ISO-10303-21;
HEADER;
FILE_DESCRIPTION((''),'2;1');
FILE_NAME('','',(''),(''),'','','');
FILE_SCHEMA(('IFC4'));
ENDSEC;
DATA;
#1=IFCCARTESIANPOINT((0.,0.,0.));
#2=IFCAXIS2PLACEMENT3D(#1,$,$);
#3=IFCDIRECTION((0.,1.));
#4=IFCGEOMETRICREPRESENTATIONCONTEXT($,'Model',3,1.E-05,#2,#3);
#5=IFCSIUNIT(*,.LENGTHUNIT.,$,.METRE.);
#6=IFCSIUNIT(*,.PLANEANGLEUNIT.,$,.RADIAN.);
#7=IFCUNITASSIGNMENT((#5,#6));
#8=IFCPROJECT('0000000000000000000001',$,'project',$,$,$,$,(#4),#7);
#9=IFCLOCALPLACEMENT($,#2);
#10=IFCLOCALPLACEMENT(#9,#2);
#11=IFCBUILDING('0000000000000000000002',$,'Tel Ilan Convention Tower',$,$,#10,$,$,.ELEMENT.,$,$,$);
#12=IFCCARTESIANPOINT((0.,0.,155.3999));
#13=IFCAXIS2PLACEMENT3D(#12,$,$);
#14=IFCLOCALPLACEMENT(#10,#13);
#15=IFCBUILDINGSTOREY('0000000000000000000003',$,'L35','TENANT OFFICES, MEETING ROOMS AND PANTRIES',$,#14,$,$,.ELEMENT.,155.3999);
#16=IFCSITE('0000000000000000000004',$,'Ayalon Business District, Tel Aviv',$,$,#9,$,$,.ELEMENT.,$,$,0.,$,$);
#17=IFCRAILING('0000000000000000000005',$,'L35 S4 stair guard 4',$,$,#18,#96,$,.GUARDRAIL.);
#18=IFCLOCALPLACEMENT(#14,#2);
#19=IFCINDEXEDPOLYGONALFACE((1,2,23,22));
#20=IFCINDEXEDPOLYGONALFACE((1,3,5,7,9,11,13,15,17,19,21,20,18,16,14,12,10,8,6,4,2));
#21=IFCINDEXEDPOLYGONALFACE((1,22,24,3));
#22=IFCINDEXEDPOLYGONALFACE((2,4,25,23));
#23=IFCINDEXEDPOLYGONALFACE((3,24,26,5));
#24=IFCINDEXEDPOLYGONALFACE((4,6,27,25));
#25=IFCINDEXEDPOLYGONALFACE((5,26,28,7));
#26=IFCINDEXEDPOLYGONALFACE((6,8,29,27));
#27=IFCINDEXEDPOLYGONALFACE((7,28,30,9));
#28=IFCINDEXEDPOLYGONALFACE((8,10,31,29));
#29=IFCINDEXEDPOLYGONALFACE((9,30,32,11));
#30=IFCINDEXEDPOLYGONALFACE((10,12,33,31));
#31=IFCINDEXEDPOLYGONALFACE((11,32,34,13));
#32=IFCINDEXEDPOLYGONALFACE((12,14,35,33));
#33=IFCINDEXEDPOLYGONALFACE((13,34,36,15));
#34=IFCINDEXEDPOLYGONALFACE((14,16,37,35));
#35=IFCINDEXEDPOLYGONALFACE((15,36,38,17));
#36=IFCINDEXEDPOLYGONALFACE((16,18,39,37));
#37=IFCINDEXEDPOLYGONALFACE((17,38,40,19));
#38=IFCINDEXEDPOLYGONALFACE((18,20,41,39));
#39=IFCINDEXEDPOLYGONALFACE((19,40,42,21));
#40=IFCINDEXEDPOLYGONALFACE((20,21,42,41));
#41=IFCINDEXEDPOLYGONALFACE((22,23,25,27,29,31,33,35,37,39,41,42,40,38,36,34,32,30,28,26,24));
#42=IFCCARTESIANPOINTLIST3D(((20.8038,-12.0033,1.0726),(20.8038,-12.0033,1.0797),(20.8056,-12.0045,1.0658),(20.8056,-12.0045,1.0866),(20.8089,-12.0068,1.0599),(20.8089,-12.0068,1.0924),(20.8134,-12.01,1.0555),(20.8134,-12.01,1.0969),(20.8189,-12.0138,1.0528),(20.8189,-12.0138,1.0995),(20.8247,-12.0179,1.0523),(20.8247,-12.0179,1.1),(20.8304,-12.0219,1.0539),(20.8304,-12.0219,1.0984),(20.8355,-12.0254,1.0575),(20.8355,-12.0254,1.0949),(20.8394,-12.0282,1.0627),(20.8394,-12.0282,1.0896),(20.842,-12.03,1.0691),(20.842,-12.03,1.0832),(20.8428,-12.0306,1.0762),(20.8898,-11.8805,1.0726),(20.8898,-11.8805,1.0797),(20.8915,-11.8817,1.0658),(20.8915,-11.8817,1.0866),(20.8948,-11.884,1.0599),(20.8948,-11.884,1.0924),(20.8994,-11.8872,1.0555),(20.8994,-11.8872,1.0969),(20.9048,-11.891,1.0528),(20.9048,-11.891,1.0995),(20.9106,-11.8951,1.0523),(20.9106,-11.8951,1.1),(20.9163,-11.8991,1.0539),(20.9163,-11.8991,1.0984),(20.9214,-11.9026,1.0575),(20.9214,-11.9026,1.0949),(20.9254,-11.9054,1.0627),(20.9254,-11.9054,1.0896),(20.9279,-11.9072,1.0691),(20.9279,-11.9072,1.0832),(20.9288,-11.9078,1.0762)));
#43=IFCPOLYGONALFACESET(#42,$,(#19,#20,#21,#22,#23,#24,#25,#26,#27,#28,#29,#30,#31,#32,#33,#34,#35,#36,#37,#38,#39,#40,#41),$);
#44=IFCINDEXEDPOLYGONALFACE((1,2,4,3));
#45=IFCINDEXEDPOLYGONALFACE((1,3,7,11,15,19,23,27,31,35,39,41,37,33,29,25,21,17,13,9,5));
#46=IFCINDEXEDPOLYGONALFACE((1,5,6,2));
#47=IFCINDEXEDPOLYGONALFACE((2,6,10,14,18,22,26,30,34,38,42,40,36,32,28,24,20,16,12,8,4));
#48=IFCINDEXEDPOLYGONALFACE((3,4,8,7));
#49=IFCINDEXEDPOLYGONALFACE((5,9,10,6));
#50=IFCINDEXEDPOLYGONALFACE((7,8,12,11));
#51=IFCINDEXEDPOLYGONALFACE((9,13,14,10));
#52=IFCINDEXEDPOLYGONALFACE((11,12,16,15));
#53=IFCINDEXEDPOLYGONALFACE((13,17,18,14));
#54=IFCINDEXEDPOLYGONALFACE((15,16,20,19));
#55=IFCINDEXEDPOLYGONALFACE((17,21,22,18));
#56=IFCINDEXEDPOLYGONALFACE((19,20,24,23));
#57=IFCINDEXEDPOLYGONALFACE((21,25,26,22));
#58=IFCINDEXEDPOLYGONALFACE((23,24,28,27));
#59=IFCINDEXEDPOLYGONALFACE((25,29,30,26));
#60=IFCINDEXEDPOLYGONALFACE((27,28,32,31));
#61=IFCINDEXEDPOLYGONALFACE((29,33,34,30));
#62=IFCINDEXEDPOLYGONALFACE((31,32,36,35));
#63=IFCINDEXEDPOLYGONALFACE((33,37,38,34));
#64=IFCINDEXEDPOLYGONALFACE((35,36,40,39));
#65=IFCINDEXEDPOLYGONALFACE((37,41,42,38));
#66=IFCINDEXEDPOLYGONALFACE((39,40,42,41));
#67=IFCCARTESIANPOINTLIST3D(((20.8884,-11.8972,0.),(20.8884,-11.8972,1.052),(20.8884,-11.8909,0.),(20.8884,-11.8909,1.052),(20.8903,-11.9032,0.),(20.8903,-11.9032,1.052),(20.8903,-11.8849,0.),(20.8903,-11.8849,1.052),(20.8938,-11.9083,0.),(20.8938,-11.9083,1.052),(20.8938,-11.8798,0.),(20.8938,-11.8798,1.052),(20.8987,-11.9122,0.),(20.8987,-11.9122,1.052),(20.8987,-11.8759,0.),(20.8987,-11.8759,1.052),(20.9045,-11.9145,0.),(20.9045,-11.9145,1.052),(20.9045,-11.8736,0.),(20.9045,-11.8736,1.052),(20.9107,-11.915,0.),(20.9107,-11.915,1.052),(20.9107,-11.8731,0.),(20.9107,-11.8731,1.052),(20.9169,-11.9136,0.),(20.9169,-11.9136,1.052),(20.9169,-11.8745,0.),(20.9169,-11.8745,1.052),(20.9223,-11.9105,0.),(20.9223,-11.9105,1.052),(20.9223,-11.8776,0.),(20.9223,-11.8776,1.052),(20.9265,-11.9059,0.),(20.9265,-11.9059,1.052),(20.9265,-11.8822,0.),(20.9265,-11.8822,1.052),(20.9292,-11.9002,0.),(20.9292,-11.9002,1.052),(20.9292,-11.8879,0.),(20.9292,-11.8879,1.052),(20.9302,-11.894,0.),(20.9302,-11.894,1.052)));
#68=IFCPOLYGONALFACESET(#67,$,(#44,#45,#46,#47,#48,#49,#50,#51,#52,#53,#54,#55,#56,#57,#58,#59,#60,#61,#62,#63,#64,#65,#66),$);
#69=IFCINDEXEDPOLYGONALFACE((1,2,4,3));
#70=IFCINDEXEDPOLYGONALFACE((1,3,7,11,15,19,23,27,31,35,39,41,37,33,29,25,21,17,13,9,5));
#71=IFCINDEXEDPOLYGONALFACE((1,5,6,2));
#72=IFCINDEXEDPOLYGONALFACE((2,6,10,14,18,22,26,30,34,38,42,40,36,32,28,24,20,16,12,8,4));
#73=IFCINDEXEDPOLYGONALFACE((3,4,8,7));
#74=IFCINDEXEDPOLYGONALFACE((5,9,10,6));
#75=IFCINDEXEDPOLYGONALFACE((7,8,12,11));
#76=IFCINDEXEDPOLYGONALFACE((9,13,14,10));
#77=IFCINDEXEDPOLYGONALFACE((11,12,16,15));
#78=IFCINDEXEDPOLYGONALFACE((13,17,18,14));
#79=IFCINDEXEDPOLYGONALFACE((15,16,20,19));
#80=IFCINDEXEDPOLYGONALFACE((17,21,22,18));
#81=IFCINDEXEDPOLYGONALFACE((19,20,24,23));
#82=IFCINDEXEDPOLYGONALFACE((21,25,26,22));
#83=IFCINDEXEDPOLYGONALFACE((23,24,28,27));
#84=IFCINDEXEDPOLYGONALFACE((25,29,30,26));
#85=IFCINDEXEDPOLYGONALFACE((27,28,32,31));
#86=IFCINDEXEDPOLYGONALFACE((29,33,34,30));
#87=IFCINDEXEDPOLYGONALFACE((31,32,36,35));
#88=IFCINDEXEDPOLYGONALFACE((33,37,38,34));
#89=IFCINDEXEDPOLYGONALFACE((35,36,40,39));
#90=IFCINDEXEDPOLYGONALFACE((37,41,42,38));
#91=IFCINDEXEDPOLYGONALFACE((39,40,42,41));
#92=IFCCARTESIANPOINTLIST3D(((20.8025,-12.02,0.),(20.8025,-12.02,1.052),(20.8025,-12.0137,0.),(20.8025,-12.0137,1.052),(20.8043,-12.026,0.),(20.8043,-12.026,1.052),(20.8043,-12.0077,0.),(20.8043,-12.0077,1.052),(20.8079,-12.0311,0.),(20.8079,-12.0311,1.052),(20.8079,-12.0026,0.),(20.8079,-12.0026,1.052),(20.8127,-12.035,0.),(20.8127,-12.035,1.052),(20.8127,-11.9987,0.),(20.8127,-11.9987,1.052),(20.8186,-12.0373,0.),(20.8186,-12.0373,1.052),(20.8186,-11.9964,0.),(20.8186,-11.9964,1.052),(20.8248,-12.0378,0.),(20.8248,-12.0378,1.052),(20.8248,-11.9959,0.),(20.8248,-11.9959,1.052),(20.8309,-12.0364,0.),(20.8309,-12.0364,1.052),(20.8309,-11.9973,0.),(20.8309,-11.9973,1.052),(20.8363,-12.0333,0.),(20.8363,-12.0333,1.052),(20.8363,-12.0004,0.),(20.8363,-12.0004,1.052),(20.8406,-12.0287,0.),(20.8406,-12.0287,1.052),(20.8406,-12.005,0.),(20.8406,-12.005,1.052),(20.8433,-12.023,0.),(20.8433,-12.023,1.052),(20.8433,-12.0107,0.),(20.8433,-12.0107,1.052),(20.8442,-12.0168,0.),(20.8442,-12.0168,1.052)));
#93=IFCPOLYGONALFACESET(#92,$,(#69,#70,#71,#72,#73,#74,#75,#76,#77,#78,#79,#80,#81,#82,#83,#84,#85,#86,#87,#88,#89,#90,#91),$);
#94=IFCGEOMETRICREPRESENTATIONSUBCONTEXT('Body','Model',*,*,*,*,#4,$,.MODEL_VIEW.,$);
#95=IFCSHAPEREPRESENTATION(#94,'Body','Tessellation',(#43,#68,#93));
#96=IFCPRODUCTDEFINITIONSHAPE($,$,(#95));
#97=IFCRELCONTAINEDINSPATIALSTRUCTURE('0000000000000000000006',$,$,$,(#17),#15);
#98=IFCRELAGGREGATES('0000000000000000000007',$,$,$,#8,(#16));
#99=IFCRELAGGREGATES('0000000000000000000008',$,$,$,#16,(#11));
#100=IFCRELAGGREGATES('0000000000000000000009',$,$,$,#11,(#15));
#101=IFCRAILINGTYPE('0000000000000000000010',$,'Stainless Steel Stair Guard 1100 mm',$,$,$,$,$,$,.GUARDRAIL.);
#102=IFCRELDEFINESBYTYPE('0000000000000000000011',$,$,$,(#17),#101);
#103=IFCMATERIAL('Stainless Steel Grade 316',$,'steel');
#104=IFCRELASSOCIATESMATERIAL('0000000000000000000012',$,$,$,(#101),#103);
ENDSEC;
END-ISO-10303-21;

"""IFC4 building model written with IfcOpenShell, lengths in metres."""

from ifc_helpers import new_model, si_unit, direction, frame, origin, origin_2d, place, context, subcontext, project, spatial, circle, extrude, material, type_object, element, save


model = new_model("IFC4")

# Units and contexts
model_context = context("Model", 3, precision=1e-05, world=origin(), true_north=direction((0.0, 1.0)))
body_context = subcontext(model_context, "Body", "Model", "MODEL_VIEW")
ifc_project = project(units=[si_unit("LENGTHUNIT", "METRE"), si_unit("PLANEANGLEUNIT", "RADIAN")], contexts=[model_context])

# Site, building, storey
site_placement = place(None, origin())
site = spatial("IfcSite", under=ifc_project, at=site_placement, Name="Ayalon Business District, Tel Aviv", CompositionType="ELEMENT", RefElevation=0.0)
building_placement = place(site_placement, origin())
building = spatial("IfcBuilding", under=site, at=building_placement, Name="Tel Ilan Convention Tower", CompositionType="ELEMENT")
storey_placement = place(building_placement, frame((0.0, 0.0, 155.3999)))
storey = spatial("IfcBuildingStorey", under=building, at=storey_placement, Name="L35", Description="TENANT OFFICES, MEETING ROOMS AND PANTRIES", CompositionType="ELEMENT", Elevation=155.3999)

# Railing
ifc_material_1 = material(Name="Stainless Steel Grade 316", Category="steel")
railing_type_1 = type_object("IfcRailingType", Name="Stainless Steel Stair Guard 1100 mm", PredefinedType="GUARDRAIL", material=ifc_material_1)
railing_1_placement = place(storey_placement, frame((20.9092, -11.894, 0.0)))
element("IfcRailing", 1, at=railing_1_placement, inside=storey, type_object=railing_type_1, Name="L35 S4 stair guard 4", PredefinedType="GUARDRAIL", context=body_context, shape_type="SweptSolid", body=[
    extrude(circle(Radius=0.0239, at=origin_2d()), frame((0.0, 0.0, 1.0762), z_axis=(-0.573353, -0.819308, 0.0), x_axis=(0.819308, -0.573353, 0.0)), (0.0, 0.0, 1.0), 0.1499),
    extrude(circle(Radius=0.021, at=origin_2d()), origin(), (0.0, 0.0, 1.0), 1.052),
    extrude(circle(Radius=0.021, at=origin_2d()), frame((-0.0859, -0.1228, 0.0)), (0.0, 0.0, 1.0), 1.052),
])

save(model, "model.ifc")
